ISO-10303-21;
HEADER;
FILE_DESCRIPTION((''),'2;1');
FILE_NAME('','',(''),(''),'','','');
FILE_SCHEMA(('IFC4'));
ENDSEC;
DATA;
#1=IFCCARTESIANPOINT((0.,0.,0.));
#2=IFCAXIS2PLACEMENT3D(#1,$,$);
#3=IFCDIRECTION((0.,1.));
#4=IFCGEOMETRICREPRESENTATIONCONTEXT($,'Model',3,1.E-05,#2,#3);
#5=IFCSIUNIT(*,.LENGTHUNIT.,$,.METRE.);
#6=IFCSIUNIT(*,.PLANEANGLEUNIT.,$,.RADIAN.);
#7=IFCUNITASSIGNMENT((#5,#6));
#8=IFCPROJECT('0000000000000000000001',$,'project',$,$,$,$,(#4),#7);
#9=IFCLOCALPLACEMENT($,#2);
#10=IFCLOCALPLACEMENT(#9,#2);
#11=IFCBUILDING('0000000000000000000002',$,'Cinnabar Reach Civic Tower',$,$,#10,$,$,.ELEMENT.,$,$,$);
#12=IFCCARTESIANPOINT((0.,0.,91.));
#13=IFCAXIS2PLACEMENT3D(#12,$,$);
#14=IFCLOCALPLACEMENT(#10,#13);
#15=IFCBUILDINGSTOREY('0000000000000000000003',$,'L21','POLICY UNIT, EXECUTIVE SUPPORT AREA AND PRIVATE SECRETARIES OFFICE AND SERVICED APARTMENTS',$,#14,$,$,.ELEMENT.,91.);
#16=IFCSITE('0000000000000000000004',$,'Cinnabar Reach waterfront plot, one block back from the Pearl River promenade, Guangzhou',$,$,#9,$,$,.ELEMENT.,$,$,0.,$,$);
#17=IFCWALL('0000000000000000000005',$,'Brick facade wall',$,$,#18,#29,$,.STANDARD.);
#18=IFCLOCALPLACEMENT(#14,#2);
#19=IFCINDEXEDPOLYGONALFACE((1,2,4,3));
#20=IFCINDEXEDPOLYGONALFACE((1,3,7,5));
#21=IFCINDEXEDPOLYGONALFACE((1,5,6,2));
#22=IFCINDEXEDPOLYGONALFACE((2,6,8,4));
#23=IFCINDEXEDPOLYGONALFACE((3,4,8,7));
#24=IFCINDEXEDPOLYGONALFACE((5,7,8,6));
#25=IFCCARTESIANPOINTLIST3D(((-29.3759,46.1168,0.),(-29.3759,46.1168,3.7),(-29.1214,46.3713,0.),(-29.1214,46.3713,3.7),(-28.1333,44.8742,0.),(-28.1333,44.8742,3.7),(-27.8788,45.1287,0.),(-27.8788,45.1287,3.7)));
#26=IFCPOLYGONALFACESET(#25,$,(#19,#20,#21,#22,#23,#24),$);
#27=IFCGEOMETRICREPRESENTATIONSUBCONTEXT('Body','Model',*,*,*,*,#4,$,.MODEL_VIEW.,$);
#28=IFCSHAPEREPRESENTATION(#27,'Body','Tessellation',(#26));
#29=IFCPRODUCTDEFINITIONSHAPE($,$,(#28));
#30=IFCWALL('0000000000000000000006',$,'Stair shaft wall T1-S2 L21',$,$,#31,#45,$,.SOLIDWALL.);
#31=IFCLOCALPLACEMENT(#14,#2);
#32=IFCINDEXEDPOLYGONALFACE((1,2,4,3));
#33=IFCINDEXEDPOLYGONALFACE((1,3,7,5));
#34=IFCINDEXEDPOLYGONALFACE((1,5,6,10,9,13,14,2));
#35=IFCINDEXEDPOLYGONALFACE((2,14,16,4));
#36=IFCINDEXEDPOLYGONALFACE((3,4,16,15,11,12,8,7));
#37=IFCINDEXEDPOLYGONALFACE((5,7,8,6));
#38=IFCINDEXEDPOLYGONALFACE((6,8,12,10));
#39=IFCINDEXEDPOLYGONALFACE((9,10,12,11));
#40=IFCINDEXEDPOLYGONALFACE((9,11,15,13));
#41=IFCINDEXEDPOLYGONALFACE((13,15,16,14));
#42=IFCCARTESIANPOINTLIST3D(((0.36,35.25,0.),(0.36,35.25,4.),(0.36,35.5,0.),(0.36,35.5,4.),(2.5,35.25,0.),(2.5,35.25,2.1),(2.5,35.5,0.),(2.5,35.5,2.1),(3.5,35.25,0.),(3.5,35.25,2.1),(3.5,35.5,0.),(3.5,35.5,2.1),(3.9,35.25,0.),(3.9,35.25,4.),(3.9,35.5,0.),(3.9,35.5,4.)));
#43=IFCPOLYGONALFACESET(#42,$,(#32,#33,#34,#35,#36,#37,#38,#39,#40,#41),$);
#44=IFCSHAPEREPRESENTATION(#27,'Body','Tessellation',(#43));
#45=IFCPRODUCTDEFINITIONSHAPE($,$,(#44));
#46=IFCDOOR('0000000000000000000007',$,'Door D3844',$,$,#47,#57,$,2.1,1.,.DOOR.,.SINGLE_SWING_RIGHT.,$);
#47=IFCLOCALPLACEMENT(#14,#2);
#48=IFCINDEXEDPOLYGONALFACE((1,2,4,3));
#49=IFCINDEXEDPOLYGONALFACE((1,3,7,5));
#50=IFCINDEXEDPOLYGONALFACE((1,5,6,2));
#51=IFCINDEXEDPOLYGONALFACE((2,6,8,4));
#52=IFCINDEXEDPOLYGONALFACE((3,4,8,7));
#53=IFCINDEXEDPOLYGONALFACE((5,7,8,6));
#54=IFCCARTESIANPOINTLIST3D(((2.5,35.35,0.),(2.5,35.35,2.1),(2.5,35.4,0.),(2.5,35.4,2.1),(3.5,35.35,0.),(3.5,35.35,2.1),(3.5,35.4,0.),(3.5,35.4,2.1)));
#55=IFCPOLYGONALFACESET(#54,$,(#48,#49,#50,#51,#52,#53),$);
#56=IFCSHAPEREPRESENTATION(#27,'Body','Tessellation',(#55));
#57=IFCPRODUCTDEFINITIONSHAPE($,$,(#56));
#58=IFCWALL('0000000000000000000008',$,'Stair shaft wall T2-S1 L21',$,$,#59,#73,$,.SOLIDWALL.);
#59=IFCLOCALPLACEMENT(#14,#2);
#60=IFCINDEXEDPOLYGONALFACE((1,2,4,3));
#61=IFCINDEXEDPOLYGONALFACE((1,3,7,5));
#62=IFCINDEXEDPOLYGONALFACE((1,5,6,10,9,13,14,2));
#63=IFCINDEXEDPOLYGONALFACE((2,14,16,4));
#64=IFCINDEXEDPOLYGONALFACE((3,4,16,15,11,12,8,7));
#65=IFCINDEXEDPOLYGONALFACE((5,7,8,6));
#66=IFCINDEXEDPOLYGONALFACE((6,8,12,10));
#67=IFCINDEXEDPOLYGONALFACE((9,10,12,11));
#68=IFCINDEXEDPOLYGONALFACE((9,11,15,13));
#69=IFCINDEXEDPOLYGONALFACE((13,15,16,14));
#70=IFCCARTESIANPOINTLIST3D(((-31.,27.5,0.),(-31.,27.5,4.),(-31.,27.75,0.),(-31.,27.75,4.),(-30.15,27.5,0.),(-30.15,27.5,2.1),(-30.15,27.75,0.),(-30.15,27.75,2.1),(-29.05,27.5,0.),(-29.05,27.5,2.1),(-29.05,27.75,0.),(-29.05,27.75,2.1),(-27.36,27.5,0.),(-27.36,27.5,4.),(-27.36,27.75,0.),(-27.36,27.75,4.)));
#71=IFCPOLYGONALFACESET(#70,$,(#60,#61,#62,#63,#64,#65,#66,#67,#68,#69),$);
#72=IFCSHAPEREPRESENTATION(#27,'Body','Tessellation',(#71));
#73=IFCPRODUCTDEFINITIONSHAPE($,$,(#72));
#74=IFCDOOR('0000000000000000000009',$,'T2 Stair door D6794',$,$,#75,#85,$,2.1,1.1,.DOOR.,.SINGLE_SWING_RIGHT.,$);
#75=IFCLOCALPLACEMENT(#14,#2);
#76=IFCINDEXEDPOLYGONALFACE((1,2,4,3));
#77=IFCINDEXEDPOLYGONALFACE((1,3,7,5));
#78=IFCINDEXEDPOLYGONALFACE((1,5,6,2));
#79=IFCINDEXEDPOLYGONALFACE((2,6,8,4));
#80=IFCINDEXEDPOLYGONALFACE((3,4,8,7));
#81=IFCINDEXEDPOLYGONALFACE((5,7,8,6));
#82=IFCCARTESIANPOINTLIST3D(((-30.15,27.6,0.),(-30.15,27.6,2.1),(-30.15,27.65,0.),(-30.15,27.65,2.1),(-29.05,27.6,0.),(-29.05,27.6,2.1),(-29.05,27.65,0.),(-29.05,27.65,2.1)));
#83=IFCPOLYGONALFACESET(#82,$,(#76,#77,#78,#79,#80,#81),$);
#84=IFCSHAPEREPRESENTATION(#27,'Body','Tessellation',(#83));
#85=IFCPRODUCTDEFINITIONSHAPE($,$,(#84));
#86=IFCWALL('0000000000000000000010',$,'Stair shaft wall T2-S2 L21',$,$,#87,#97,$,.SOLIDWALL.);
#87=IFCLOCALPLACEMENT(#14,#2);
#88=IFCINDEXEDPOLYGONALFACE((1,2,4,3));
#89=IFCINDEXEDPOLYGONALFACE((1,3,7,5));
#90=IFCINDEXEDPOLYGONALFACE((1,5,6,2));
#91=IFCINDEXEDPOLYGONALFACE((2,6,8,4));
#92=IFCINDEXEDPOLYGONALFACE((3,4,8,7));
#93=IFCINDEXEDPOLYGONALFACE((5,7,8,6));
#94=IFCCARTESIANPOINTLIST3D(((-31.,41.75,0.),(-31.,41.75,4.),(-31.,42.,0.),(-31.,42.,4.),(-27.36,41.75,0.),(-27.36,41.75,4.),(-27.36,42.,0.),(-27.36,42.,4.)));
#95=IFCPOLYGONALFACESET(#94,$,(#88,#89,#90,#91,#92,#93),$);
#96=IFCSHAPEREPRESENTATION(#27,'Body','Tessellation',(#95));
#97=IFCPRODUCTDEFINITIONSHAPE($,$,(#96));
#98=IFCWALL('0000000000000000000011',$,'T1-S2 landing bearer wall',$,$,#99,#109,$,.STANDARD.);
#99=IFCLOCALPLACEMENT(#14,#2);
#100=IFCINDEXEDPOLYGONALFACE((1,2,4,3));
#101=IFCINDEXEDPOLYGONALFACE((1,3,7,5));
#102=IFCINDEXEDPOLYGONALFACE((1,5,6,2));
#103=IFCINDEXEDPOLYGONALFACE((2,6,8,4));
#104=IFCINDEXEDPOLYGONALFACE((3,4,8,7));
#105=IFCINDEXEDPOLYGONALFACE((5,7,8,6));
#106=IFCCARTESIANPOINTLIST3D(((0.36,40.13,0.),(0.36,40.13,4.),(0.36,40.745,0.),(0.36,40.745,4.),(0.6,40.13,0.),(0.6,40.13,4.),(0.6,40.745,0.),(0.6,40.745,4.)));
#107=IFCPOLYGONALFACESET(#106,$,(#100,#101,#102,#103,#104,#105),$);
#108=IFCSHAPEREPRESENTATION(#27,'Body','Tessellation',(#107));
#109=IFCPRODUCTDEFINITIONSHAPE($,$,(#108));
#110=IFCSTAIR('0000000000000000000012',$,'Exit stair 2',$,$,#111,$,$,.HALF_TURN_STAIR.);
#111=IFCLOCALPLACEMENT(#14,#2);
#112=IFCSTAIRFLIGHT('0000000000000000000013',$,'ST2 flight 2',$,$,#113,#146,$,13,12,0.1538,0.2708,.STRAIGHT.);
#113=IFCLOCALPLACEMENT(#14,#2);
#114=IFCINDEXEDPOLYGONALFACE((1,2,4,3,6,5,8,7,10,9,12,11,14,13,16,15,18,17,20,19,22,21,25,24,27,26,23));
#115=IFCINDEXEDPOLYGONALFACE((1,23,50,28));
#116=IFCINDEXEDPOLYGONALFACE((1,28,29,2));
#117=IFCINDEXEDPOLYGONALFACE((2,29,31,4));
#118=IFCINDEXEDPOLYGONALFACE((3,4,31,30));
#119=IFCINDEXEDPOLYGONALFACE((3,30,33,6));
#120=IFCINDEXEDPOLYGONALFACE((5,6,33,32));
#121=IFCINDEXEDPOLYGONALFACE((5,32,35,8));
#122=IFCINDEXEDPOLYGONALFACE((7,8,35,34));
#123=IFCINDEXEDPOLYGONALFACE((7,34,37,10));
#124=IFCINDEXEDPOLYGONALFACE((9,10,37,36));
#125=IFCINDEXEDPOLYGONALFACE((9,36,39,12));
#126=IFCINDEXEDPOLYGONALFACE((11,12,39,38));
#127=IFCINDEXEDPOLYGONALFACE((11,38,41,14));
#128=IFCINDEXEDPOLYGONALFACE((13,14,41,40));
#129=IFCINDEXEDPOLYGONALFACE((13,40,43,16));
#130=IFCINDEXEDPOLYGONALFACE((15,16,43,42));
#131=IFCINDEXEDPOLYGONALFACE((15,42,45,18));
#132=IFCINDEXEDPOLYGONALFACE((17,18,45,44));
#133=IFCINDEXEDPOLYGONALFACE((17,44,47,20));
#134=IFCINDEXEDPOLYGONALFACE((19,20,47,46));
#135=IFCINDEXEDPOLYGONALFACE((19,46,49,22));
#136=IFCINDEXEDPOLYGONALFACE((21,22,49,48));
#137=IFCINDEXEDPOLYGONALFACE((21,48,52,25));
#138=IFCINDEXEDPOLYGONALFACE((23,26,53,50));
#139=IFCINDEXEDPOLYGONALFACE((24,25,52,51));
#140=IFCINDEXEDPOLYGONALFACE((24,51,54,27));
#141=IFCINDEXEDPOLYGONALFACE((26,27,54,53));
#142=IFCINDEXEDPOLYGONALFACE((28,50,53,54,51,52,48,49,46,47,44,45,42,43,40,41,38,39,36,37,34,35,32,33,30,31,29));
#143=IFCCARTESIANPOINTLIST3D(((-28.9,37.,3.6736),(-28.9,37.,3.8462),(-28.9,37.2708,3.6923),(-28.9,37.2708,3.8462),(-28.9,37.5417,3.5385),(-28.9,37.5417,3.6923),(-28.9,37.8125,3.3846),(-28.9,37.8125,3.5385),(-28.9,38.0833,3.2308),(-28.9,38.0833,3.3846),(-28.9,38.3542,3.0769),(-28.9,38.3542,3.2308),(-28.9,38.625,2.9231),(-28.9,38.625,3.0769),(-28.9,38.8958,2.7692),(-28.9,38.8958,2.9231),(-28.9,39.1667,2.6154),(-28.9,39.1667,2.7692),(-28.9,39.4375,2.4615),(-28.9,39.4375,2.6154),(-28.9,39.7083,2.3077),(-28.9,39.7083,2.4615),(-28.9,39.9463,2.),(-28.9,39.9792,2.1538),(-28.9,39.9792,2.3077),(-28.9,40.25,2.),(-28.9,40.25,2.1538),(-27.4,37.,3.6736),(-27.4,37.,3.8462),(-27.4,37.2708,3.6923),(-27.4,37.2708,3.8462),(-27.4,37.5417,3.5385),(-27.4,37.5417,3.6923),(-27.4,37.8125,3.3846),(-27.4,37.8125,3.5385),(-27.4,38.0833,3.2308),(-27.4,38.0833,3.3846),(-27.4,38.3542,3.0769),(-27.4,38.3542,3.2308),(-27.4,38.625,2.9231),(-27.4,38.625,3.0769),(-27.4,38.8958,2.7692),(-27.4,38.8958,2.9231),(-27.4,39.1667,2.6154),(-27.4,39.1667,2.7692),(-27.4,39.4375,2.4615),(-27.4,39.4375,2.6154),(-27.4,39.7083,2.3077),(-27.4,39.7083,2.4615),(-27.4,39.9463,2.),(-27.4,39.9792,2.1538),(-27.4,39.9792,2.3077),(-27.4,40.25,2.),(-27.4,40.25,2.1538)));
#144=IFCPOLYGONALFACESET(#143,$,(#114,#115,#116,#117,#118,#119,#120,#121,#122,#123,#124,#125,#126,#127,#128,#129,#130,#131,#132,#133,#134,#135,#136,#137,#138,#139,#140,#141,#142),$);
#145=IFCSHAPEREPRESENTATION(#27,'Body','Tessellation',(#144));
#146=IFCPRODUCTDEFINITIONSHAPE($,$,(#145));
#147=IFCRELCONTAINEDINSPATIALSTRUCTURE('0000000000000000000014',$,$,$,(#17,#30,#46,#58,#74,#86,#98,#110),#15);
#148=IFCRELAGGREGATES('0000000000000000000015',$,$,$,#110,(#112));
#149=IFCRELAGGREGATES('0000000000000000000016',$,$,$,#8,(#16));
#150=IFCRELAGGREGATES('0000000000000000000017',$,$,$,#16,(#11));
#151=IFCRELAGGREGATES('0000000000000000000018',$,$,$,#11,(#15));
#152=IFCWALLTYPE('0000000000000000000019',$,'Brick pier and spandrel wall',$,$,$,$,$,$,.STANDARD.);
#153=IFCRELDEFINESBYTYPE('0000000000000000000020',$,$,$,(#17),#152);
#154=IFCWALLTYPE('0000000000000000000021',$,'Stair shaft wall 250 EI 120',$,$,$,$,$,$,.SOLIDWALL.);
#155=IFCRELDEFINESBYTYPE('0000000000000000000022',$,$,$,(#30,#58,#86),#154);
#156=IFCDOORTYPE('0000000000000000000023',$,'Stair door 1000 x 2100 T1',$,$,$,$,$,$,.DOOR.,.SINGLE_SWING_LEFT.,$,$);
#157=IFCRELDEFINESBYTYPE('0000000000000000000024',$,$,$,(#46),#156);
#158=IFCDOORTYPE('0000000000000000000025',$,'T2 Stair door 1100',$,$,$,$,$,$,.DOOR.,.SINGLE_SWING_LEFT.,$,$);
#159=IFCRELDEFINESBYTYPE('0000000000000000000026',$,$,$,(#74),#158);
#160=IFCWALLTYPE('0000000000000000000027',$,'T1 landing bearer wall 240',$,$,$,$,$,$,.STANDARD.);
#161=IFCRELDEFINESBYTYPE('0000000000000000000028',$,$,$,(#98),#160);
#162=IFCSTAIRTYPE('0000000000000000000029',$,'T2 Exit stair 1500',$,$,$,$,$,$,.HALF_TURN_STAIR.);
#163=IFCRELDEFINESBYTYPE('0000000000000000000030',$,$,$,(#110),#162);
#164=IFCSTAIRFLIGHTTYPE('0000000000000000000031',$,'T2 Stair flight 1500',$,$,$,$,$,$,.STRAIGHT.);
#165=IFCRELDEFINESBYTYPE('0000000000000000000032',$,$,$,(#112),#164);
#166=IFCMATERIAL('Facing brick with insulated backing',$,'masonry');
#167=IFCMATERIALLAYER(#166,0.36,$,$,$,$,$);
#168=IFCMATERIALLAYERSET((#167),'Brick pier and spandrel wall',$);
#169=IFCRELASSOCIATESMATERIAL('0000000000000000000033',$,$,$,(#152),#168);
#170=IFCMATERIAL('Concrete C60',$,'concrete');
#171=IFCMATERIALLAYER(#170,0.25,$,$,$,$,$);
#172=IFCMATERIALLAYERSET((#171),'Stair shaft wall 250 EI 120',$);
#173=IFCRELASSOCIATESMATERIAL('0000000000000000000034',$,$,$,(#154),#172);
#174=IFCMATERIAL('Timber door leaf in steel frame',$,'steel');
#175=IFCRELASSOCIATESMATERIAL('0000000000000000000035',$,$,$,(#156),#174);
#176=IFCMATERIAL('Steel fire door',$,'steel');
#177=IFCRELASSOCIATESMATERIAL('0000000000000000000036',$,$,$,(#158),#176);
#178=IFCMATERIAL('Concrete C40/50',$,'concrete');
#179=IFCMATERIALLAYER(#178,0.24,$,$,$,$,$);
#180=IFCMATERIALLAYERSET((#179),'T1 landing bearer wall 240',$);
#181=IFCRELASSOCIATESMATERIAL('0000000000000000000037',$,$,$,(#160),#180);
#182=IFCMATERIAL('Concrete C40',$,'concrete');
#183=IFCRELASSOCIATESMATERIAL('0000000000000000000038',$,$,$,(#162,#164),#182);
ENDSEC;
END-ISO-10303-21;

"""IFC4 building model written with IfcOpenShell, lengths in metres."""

from ifc_helpers import new_model, si_unit, direction, frame, frame_2d, origin, place, context, subcontext, project, spatial, polyline, rectangle, outline, extrude, material, layer, layer_set, type_object, element, fill, aggregate, save


model = new_model("IFC4")

# Units and contexts
model_context = context("Model", 3, precision=1e-05, world=origin(), true_north=direction((0.0, 1.0)))
body_context = subcontext(model_context, "Body", "Model", "MODEL_VIEW")
ifc_project = project(units=[si_unit("LENGTHUNIT", "METRE"), si_unit("PLANEANGLEUNIT", "RADIAN")], contexts=[model_context])

# Site, building, storey
site_placement = place(None, origin())
site = spatial("IfcSite", under=ifc_project, at=site_placement, Name="Cinnabar Reach waterfront plot, one block back from the Pearl River promenade, Guangzhou", CompositionType="ELEMENT", RefElevation=0.0)
building_placement = place(site_placement, origin())
building = spatial("IfcBuilding", under=site, at=building_placement, Name="Cinnabar Reach Civic Tower", CompositionType="ELEMENT")
storey_placement = place(building_placement, frame((0.0, 0.0, 91.0)))
storey = spatial("IfcBuildingStorey", under=building, at=storey_placement, Name="L21", Description="POLICY UNIT, EXECUTIVE SUPPORT AREA AND PRIVATE SECRETARIES OFFICE AND SERVICED APARTMENTS", CompositionType="ELEMENT", Elevation=91.0)

# Shared definitions
ifc_material_1 = material(Name="Concrete C60", Category="concrete")

# Shared definitions
ifc_material_2 = material(Name="Concrete C40", Category="concrete")

# Shared definitions
ifc_material_3 = material(Name="Facing brick with insulated backing", Category="masonry")
ifc_layer_1 = layer(ifc_material_3, 0.36)
ifc_layer_set_1 = layer_set([ifc_layer_1], Name="Brick pier and spandrel wall")
wall_type_1 = type_object("IfcWallType", Name="Brick pier and spandrel wall", PredefinedType="STANDARD", material=ifc_layer_set_1)

# Wall
wall_1_placement = place(storey_placement, frame((-28.006, 45.0014, 0.0), z_axis=(0.0, 0.0, 1.0), x_axis=(-0.707107, 0.707107, 0.0)))
element("IfcWall", 1, at=wall_1_placement, inside=storey, type_object=wall_type_1, Name="Brick facade wall", PredefinedType="STANDARD", context=body_context, shape_type="SweptSolid", body=[
    extrude(rectangle(XDim=1.7573, YDim=0.36, at=frame_2d((0.8787, 0.0))), origin(), (0.0, 0.0, 1.0), 3.7),
])

# Walls, openings, doors
ifc_layer_2 = layer(ifc_material_1, 0.25)
ifc_layer_set_2 = layer_set([ifc_layer_2], Name="Stair shaft wall 250 EI 120")
wall_type_2 = type_object("IfcWallType", Name="Stair shaft wall 250 EI 120", PredefinedType="SOLIDWALL", material=ifc_layer_set_2)
wall_2_placement = place(storey_placement, frame((0.36, 35.375, 0.0), z_axis=(0.0, 0.0, 1.0), x_axis=(1.0, 0.0, 0.0)))
wall_2 = element("IfcWall", 2, at=wall_2_placement, inside=storey, type_object=wall_type_2, Name="Stair shaft wall T1-S2 L21", PredefinedType="SOLIDWALL", context=body_context, shape_type="SweptSolid", body=[
    extrude(rectangle(XDim=3.54, YDim=0.25, at=frame_2d((1.77, 0.0))), origin(), (0.0, 0.0, 1.0), 4.0),
])
opening_1_placement = place(wall_2_placement, frame((2.14, 0.0, 0.0)))
opening_1 = element("IfcOpeningElement", 3, at=opening_1_placement, cuts=wall_2, PredefinedType="OPENING", context=body_context, shape_type="SweptSolid", body=[
    extrude(rectangle(XDim=1.0, YDim=2.1, at=frame_2d((0.5, 1.05))), frame((0.0, 0.135, 0.0), z_axis=(0.0, -1.0, 0.0), x_axis=(1.0, 0.0, 0.0)), (0.0, 0.0, 1.0), 0.27),
])
ifc_material_4 = material(Name="Timber door leaf in steel frame", Category="steel")
door_type_1 = type_object("IfcDoorType", Name="Stair door 1000 x 2100 T1", OperationType="SINGLE_SWING_LEFT", PredefinedType="DOOR", material=ifc_material_4)
door_1_placement = place(opening_1_placement, origin())
door_1 = element("IfcDoor", 4, at=door_1_placement, inside=storey, type_object=door_type_1, Name="Door D3844", OperationType="SINGLE_SWING_RIGHT", OverallHeight=2.1, OverallWidth=1.0, PredefinedType="DOOR", context=body_context, shape_type="SweptSolid", body=[
    extrude(rectangle(XDim=1.0, YDim=2.1, at=frame_2d((0.5, 1.05))), frame((0.0, 0.025, 0.0), z_axis=(0.0, -1.0, 0.0), x_axis=(1.0, 0.0, 0.0)), (0.0, 0.0, 1.0), 0.05),
])
fill(opening_1, door_1)
wall_3_placement = place(storey_placement, frame((-27.36, 27.625, 0.0), z_axis=(0.0, 0.0, 1.0), x_axis=(-1.0, 0.0, 0.0)))
wall_3 = element("IfcWall", 5, at=wall_3_placement, inside=storey, type_object=wall_type_2, Name="Stair shaft wall T2-S1 L21", PredefinedType="SOLIDWALL", context=body_context, shape_type="SweptSolid", body=[
    extrude(rectangle(XDim=3.64, YDim=0.25, at=frame_2d((1.82, 0.0))), origin(), (0.0, 0.0, 1.0), 4.0),
])
opening_2_placement = place(wall_3_placement, frame((1.69, 0.0, 0.0)))
opening_2 = element("IfcOpeningElement", 6, at=opening_2_placement, cuts=wall_3, PredefinedType="OPENING", context=body_context, shape_type="SweptSolid", body=[
    extrude(rectangle(XDim=1.1, YDim=2.1, at=frame_2d((0.55, 1.05))), frame((0.0, 0.135, 0.0), z_axis=(0.0, -1.0, 0.0), x_axis=(1.0, 0.0, 0.0)), (0.0, 0.0, 1.0), 0.27),
])
ifc_material_5 = material(Name="Steel fire door", Category="steel")
door_type_2 = type_object("IfcDoorType", Name="T2 Stair door 1100", OperationType="SINGLE_SWING_LEFT", PredefinedType="DOOR", material=ifc_material_5)
door_2_placement = place(opening_2_placement, origin())
door_2 = element("IfcDoor", 7, at=door_2_placement, inside=storey, type_object=door_type_2, Name="T2 Stair door D6794", OperationType="SINGLE_SWING_RIGHT", OverallHeight=2.1, OverallWidth=1.1, PredefinedType="DOOR", context=body_context, shape_type="SweptSolid", body=[
    extrude(rectangle(XDim=1.1, YDim=2.1, at=frame_2d((0.55, 1.05))), frame((0.0, 0.025, 0.0), z_axis=(0.0, -1.0, 0.0), x_axis=(1.0, 0.0, 0.0)), (0.0, 0.0, 1.0), 0.05),
])
fill(opening_2, door_2)

# Walls
wall_4_placement = place(storey_placement, frame((-27.36, 41.875, 0.0), z_axis=(0.0, 0.0, 1.0), x_axis=(-1.0, 0.0, 0.0)))
element("IfcWall", 8, at=wall_4_placement, inside=storey, type_object=wall_type_2, Name="Stair shaft wall T2-S2 L21", PredefinedType="SOLIDWALL", context=body_context, shape_type="SweptSolid", body=[
    extrude(rectangle(XDim=3.64, YDim=0.25, at=frame_2d((1.82, 0.0))), origin(), (0.0, 0.0, 1.0), 4.0),
])
ifc_material_6 = material(Name="Concrete C40/50", Category="concrete")
ifc_layer_3 = layer(ifc_material_6, 0.24)
ifc_layer_set_3 = layer_set([ifc_layer_3], Name="T1 landing bearer wall 240")
wall_type_3 = type_object("IfcWallType", Name="T1 landing bearer wall 240", PredefinedType="STANDARD", material=ifc_layer_set_3)
wall_5_placement = place(storey_placement, frame((0.48, 40.13, 0.0), z_axis=(0.0, 0.0, 1.0), x_axis=(0.0, 1.0, 0.0)))
element("IfcWall", 9, at=wall_5_placement, inside=storey, type_object=wall_type_3, Name="T1-S2 landing bearer wall", PredefinedType="STANDARD", context=body_context, shape_type="SweptSolid", body=[
    extrude(rectangle(XDim=0.6151, YDim=0.24, at=frame_2d((0.3075, 0.0))), origin(), (0.0, 0.0, 1.0), 4.0),
])

# Stair, stair flight
stair_type_1 = type_object("IfcStairType", Name="T2 Exit stair 1500", PredefinedType="HALF_TURN_STAIR", material=ifc_material_2)
stair_1_placement = place(storey_placement, origin())
stair_1 = element("IfcStair", 10, at=stair_1_placement, inside=storey, type_object=stair_type_1, Name="Exit stair 2", PredefinedType="HALF_TURN_STAIR")
stair_flight_type = type_object("IfcStairFlightType", Name="T2 Stair flight 1500", PredefinedType="STRAIGHT", material=ifc_material_2)
stair_flight_placement = place(storey_placement, frame((-28.15, 40.25, 2.0), z_axis=(0.0, 0.0, 1.0), x_axis=(0.0, -1.0, 0.0)))
stair_flight = element("IfcStairFlight", 11, at=stair_flight_placement, type_object=stair_flight_type, Name="ST2 flight 2", NumberOfRisers=13, NumberOfTreads=12, PredefinedType="STRAIGHT", RiserHeight=0.1538, TreadLength=0.2708, context=body_context, shape_type="SweptSolid", body=[
    extrude(outline(polyline([(0.0, 0.0), (0.0, 0.1538), (0.2708, 0.1538), (0.2708, 0.3077), (0.5417, 0.3077), (0.5417, 0.4615), (0.8125, 0.4615), (0.8125, 0.6154), (1.0833, 0.6154), (1.0833, 0.7692), (1.3542, 0.7692), (1.3542, 0.9231), (1.625, 0.9231), (1.625, 1.0769), (1.8958, 1.0769), (1.8958, 1.2308), (2.1667, 1.2308), (2.1667, 1.3846), (2.4375, 1.3846), (2.4375, 1.5385), (2.7083, 1.5385), (2.7083, 1.6923), (2.9792, 1.6923), (2.9792, 1.8462), (3.25, 1.8462), (3.25, 2.0), (3.25, 1.6736), (0.3037, 0.0), (0.0, 0.0)])), frame((0.0, 0.75, 0.0), z_axis=(0.0, -1.0, 0.0), x_axis=(1.0, 0.0, 0.0)), (0.0, 0.0, 1.0), 1.5),
])
aggregate(stair_1, [stair_flight])

save(model, "model.ifc")
